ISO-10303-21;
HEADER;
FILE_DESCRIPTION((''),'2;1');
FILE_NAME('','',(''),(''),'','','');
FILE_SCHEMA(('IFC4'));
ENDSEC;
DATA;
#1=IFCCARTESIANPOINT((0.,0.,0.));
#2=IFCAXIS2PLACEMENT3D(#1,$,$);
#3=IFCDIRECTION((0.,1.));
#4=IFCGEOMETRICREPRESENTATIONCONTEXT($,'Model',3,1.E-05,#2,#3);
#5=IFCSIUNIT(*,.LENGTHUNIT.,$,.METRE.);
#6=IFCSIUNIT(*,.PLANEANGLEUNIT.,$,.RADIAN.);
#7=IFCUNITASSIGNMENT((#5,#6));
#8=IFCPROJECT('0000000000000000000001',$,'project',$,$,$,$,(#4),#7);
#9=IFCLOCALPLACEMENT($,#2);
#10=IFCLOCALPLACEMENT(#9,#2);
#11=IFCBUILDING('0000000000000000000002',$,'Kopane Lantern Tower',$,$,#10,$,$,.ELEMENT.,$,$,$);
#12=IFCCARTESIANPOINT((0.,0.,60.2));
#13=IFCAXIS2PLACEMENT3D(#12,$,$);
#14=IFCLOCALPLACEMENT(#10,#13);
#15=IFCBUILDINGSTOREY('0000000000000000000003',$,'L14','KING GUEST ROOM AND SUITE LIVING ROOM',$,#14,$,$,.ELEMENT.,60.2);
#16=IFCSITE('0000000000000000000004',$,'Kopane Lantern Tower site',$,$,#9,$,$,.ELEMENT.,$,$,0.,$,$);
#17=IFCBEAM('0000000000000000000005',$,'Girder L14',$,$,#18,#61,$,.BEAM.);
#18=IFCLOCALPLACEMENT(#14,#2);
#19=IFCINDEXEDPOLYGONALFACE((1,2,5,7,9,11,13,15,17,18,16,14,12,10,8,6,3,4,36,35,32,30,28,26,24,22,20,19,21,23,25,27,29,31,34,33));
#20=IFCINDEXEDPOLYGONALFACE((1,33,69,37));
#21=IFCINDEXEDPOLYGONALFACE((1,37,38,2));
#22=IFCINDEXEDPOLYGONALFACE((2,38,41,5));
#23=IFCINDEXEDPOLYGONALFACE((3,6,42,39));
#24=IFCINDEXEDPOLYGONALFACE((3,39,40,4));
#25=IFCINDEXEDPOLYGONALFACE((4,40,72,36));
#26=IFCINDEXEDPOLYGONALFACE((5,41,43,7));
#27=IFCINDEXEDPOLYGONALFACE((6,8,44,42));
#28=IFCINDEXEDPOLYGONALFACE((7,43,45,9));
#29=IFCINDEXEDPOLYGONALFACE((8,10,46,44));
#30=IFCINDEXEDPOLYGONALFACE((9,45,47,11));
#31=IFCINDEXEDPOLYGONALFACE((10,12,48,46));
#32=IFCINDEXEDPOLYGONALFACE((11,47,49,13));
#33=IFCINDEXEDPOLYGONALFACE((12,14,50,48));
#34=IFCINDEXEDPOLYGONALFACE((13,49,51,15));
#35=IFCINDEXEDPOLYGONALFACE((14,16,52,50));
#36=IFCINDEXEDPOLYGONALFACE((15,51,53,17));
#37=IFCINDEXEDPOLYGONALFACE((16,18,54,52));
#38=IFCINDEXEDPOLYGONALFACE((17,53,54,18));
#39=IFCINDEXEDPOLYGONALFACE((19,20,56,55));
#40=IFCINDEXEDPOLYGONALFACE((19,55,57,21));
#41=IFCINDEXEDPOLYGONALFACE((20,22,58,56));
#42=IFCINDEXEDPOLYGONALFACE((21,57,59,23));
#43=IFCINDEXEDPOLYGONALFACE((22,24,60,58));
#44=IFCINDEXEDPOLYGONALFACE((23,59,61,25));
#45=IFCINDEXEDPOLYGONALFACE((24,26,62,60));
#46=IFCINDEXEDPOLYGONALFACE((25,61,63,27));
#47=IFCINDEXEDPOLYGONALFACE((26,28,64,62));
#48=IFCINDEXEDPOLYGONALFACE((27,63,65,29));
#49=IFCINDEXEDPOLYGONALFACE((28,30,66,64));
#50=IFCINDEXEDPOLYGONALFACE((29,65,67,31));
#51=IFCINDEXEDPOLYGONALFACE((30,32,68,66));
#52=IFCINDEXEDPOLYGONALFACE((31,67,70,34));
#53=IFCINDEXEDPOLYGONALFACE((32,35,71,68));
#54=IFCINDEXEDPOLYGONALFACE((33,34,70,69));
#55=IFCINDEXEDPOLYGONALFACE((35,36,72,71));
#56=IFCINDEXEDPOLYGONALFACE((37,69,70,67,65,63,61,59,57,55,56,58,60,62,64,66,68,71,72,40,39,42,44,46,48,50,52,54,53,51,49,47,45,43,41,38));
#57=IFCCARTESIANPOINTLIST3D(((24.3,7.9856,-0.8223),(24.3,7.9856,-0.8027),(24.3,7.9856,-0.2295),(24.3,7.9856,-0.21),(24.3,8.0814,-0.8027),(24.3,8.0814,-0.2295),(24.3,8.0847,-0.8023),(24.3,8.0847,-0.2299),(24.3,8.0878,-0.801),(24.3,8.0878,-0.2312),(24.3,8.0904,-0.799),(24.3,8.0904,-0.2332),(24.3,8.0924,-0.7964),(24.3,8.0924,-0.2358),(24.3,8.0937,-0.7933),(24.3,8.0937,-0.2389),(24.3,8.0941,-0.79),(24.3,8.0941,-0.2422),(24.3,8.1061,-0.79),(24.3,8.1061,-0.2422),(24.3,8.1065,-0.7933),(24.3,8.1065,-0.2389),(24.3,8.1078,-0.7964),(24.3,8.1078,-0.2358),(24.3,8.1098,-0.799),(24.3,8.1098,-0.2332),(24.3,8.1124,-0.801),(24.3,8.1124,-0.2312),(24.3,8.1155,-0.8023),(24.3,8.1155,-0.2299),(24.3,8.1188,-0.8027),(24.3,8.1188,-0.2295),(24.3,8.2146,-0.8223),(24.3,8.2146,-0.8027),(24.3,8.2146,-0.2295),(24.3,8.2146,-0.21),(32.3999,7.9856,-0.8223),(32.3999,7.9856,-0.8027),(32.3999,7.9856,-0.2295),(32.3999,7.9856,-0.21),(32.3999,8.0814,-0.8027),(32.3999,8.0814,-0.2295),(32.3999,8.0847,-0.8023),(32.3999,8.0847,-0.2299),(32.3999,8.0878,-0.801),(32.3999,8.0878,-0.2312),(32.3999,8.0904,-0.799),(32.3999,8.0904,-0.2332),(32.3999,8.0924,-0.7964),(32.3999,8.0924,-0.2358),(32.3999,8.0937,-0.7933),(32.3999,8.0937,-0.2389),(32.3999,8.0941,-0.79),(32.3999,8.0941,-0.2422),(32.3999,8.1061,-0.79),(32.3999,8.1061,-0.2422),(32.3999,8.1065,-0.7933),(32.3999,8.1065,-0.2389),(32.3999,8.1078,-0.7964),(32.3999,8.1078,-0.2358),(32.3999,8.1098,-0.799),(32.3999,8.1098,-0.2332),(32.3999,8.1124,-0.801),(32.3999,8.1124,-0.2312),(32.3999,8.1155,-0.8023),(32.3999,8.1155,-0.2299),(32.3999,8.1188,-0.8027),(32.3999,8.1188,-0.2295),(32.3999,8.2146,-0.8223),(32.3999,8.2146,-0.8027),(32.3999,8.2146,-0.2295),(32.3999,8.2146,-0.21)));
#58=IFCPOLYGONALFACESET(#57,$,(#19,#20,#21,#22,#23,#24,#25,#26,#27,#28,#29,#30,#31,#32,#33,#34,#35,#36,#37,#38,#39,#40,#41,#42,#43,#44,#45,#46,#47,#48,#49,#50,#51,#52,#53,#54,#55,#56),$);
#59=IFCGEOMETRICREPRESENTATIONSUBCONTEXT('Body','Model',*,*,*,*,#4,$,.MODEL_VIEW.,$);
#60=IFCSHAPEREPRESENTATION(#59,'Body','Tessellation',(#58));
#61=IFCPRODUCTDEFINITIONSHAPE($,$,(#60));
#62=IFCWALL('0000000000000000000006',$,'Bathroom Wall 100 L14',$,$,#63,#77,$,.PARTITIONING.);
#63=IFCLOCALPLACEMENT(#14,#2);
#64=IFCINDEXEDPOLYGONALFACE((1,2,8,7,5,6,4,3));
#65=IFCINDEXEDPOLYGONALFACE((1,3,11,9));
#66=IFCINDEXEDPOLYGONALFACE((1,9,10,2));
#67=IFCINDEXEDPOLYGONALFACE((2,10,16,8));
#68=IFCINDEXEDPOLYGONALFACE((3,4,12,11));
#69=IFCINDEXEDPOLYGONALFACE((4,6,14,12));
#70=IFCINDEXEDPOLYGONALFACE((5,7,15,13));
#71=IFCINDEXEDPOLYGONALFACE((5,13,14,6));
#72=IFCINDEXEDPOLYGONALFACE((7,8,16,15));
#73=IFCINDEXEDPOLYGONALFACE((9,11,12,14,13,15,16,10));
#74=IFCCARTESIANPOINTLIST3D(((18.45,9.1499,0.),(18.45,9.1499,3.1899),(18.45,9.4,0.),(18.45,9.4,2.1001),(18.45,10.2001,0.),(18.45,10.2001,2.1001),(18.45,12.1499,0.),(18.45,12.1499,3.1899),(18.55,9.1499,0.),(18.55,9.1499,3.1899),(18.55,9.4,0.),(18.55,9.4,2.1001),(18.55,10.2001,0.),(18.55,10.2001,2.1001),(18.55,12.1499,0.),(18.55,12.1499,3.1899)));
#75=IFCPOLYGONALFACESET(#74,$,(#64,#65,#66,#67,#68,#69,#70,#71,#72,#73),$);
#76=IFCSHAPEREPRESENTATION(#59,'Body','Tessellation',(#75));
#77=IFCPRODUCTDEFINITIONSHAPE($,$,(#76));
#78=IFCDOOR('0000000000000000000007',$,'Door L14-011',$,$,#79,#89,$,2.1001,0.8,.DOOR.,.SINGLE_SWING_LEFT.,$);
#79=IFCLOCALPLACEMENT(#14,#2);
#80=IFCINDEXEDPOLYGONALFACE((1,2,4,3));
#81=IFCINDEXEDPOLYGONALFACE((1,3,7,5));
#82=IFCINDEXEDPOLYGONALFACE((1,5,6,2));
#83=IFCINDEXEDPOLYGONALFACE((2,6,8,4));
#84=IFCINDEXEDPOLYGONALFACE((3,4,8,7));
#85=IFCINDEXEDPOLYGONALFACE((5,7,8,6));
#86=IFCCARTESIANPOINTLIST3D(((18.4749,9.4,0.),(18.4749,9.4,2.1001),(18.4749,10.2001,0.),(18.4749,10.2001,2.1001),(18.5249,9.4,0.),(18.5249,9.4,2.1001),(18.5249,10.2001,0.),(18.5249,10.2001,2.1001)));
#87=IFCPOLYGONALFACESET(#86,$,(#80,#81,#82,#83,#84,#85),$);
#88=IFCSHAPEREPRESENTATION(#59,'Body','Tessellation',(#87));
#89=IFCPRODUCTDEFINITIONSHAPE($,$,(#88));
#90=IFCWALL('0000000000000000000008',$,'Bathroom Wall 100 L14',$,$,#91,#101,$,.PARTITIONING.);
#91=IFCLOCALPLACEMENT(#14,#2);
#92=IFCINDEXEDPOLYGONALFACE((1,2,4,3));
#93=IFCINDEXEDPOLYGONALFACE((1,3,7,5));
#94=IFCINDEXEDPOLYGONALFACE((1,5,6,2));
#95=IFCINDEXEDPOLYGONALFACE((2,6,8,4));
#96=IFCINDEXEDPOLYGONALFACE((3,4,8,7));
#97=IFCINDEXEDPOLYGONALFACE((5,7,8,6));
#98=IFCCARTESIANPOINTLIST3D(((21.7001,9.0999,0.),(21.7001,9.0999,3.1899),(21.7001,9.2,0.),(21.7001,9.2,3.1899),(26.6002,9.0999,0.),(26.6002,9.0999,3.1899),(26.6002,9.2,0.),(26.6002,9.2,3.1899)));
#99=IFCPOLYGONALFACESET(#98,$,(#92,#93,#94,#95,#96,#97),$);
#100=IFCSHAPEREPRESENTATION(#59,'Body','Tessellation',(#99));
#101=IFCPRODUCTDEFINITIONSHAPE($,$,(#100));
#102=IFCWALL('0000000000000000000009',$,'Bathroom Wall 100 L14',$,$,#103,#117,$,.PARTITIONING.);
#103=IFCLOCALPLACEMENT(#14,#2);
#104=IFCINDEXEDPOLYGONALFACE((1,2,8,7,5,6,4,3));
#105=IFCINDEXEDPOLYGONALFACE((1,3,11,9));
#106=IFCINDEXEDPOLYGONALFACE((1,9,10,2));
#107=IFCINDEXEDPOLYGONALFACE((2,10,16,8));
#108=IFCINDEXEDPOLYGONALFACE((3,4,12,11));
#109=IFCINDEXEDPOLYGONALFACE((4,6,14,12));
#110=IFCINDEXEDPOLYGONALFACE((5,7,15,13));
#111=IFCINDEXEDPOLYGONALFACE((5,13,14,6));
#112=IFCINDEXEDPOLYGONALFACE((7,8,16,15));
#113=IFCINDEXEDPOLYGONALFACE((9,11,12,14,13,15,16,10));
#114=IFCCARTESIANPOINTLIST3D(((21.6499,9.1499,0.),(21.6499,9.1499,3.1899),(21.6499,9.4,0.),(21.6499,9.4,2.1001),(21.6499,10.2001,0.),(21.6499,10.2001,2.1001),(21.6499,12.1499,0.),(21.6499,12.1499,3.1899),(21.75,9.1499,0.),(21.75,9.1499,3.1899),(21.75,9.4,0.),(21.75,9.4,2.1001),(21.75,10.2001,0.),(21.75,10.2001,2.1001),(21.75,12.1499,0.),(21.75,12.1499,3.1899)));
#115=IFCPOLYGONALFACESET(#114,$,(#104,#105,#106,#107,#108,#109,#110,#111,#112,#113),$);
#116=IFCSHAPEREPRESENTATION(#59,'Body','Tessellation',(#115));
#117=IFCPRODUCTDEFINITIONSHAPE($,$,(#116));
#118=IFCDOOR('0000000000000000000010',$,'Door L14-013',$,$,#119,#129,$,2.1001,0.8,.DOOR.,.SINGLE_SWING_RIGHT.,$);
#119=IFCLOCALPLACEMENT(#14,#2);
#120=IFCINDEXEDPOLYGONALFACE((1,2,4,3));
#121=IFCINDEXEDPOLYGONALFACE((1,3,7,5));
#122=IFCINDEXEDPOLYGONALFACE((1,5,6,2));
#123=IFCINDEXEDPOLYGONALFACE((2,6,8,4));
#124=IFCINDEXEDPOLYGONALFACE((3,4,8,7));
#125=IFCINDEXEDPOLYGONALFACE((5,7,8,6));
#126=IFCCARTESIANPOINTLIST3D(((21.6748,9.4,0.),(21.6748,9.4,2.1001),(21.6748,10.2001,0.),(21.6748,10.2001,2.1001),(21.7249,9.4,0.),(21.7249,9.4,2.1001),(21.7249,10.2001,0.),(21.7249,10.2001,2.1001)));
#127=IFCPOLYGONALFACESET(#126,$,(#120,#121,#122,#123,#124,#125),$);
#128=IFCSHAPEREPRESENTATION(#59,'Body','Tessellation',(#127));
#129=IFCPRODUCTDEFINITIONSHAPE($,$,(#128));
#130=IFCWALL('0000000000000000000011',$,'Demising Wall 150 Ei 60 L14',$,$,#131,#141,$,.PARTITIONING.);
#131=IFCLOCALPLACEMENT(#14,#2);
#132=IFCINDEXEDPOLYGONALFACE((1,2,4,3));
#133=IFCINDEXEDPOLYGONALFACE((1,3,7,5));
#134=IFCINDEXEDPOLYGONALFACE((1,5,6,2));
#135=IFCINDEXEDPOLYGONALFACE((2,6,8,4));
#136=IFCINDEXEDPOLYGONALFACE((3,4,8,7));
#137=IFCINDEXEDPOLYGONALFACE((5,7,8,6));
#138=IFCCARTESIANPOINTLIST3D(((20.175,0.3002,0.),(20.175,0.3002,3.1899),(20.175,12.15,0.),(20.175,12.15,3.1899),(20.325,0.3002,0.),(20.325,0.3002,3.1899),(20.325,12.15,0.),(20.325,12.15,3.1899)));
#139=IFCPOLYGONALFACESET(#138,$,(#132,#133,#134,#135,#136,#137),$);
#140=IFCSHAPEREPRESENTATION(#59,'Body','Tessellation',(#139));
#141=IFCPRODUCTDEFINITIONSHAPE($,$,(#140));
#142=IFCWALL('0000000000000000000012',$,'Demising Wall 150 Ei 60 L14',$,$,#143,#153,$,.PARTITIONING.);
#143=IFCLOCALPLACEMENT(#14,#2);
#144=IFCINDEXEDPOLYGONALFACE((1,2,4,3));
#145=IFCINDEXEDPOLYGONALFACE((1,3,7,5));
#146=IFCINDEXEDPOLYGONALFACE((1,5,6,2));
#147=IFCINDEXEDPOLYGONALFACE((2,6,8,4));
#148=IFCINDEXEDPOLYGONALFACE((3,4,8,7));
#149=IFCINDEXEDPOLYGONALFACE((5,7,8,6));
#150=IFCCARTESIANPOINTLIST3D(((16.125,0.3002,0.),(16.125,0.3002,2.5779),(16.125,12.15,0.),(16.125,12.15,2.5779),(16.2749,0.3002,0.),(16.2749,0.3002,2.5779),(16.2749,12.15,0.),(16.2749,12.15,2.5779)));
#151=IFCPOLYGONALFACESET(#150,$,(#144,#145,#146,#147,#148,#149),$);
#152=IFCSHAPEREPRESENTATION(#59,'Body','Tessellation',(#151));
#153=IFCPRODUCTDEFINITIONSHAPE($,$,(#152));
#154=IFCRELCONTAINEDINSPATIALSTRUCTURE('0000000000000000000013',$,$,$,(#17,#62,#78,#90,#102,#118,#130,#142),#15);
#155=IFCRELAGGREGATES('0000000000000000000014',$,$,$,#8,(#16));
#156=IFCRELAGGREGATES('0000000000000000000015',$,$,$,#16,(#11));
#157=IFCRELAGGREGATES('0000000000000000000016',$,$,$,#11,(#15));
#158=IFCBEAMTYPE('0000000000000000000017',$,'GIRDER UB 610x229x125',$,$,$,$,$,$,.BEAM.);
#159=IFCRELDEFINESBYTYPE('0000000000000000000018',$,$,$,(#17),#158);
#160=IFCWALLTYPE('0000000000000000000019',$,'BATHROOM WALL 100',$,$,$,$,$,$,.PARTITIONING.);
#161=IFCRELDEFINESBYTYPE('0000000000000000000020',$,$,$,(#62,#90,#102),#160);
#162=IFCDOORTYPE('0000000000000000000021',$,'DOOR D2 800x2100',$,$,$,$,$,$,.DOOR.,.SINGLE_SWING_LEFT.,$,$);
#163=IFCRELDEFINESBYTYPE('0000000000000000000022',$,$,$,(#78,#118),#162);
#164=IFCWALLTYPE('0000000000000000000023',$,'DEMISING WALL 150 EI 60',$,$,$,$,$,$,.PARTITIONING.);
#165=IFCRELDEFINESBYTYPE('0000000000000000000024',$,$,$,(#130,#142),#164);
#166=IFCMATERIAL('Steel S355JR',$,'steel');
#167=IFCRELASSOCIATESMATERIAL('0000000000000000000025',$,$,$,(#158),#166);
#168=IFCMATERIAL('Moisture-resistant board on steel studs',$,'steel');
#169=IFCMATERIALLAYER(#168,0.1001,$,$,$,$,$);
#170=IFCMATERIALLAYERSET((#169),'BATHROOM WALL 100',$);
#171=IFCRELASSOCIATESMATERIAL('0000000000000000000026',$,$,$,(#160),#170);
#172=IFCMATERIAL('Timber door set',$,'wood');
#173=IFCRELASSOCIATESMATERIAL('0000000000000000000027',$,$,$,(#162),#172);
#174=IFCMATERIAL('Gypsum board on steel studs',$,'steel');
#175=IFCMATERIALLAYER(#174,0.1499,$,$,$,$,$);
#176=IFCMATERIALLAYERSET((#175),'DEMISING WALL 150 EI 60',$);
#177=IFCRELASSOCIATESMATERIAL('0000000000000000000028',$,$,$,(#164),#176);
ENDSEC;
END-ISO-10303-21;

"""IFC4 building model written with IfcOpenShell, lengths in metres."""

from ifc_helpers import new_model, si_unit, direction, frame, frame_2d, origin, origin_2d, place, context, subcontext, project, spatial, rectangle, i_section, extrude, material, layer, layer_set, material_profile, profile_set, type_object, element, fill, save


model = new_model("IFC4")

# Units and contexts
model_context = context("Model", 3, precision=1e-05, world=origin(), true_north=direction((0.0, 1.0)))
body_context = subcontext(model_context, "Body", "Model", "MODEL_VIEW")
ifc_project = project(units=[si_unit("LENGTHUNIT", "METRE"), si_unit("PLANEANGLEUNIT", "RADIAN")], contexts=[model_context])

# Site, building, storey
site_placement = place(None, origin())
site = spatial("IfcSite", under=ifc_project, at=site_placement, Name="Kopane Lantern Tower site", CompositionType="ELEMENT", RefElevation=0.0)
building_placement = place(site_placement, origin())
building = spatial("IfcBuilding", under=site, at=building_placement, Name="Kopane Lantern Tower", CompositionType="ELEMENT")
storey_placement = place(building_placement, frame((0.0, 0.0, 60.2)))
storey = spatial("IfcBuildingStorey", under=building, at=storey_placement, Name="L14", Description="KING GUEST ROOM AND SUITE LIVING ROOM", CompositionType="ELEMENT", Elevation=60.2)

# Beam
ifc_material_1 = material(Name="Steel S355JR", Category="steel")
ifc_material_profile_1 = material_profile(ifc_material_1, i_section(OverallWidth=0.229, OverallDepth=0.6123, WebThickness=0.012, FlangeThickness=0.0195, FilletRadius=0.0127, at=origin_2d()), Name="UB 610x229x125")
ifc_profile_set_1 = profile_set([ifc_material_profile_1], Name="Steel S355JR")
beam_type = type_object("IfcBeamType", Name="GIRDER UB 610x229x125", PredefinedType="BEAM", material=ifc_profile_set_1)
for number, where, z_axis, x_axis, name in (
    (1, (24.3, 8.1001, -0.5161), (1.0, 0.0, 0.0), (0.0, 1.0, 0.0), "Girder L14"),
):
    element("IfcBeam", number, at=place(storey_placement, frame(where, z_axis=z_axis, x_axis=x_axis)), inside=storey, type_object=beam_type, Name=name, PredefinedType="BEAM", context=body_context, shape_type="SweptSolid", body=[
        extrude(i_section(OverallWidth=0.229, OverallDepth=0.6123, WebThickness=0.012, FlangeThickness=0.0195, FilletRadius=0.0127, at=origin_2d()), origin(), (0.0, 0.0, 1.0), 8.0999),
    ])

# Wall, opening, door
ifc_material_2 = material(Name="Moisture-resistant board on steel studs", Category="steel")
ifc_layer_1 = layer(ifc_material_2, 0.1001)
ifc_layer_set_1 = layer_set([ifc_layer_1], Name="BATHROOM WALL 100")
wall_type_1 = type_object("IfcWallType", Name="BATHROOM WALL 100", PredefinedType="PARTITIONING", material=ifc_layer_set_1)
wall_1_placement = place(storey_placement, frame((18.5, 12.1499, 0.0), z_axis=(0.0, 0.0, 1.0), x_axis=(0.0, -1.0, 0.0)))
wall_1 = element("IfcWall", 2, at=wall_1_placement, inside=storey, type_object=wall_type_1, Name="Bathroom Wall 100 L14", PredefinedType="PARTITIONING", context=body_context, shape_type="SweptSolid", body=[
    extrude(rectangle(XDim=3.0, YDim=0.1001, at=frame_2d((1.5, 0.0))), origin(), (0.0, 0.0, 1.0), 3.1899),
])
opening_1_placement = place(wall_1_placement, frame((1.95, 0.0, 0.0)))
opening_1 = element("IfcOpeningElement", 3, at=opening_1_placement, cuts=wall_1, PredefinedType="OPENING", context=body_context, shape_type="SweptSolid", body=[
    extrude(rectangle(XDim=0.8, YDim=2.1001, at=frame_2d((0.3999, 1.05))), frame((0.0, 0.0601, 0.0), z_axis=(0.0, -1.0, 0.0), x_axis=(1.0, 0.0, 0.0)), (0.0, 0.0, 1.0), 0.1201),
])
ifc_material_3 = material(Name="Timber door set", Category="wood")
door_type = type_object("IfcDoorType", Name="DOOR D2 800x2100", OperationType="SINGLE_SWING_LEFT", PredefinedType="DOOR", material=ifc_material_3)
door_1_placement = place(opening_1_placement, origin())
door_1 = element("IfcDoor", 4, at=door_1_placement, inside=storey, type_object=door_type, Name="Door L14-011", OperationType="SINGLE_SWING_LEFT", OverallHeight=2.1001, OverallWidth=0.8, PredefinedType="DOOR", context=body_context, shape_type="SweptSolid", body=[
    extrude(rectangle(XDim=0.8, YDim=2.1001, at=frame_2d((0.3999, 1.05))), frame((0.0, 0.0249, 0.0), z_axis=(0.0, -1.0, 0.0), x_axis=(1.0, 0.0, 0.0)), (0.0, 0.0, 1.0), 0.05),
])
fill(opening_1, door_1)

# Wall
wall_2_placement = place(storey_placement, frame((21.7, 9.1499, 0.0), z_axis=(0.0, 0.0, 1.0), x_axis=(1.0, 0.0, 0.0)))
element("IfcWall", 5, at=wall_2_placement, inside=storey, type_object=wall_type_1, Name="Bathroom Wall 100 L14", PredefinedType="PARTITIONING", context=body_context, shape_type="SweptSolid", body=[
    extrude(rectangle(XDim=4.9001, YDim=0.1001, at=frame_2d((2.4502, 0.0))), origin(), (0.0, 0.0, 1.0), 3.1899),
])

# Wall, opening, door
wall_3_placement = place(storey_placement, frame((21.7, 12.1499, 0.0), z_axis=(0.0, 0.0, 1.0), x_axis=(0.0, -1.0, 0.0)))
wall_3 = element("IfcWall", 6, at=wall_3_placement, inside=storey, type_object=wall_type_1, Name="Bathroom Wall 100 L14", PredefinedType="PARTITIONING", context=body_context, shape_type="SweptSolid", body=[
    extrude(rectangle(XDim=3.0, YDim=0.1001, at=frame_2d((1.5, 0.0))), origin(), (0.0, 0.0, 1.0), 3.1899),
])
opening_2_placement = place(wall_3_placement, frame((1.95, 0.0, 0.0)))
opening_2 = element("IfcOpeningElement", 7, at=opening_2_placement, cuts=wall_3, PredefinedType="OPENING", context=body_context, shape_type="SweptSolid", body=[
    extrude(rectangle(XDim=0.8, YDim=2.1001, at=frame_2d((0.3999, 1.05))), frame((0.0, 0.0601, 0.0), z_axis=(0.0, -1.0, 0.0), x_axis=(1.0, 0.0, 0.0)), (0.0, 0.0, 1.0), 0.1201),
])
door_2_placement = place(opening_2_placement, origin())
door_2 = element("IfcDoor", 8, at=door_2_placement, inside=storey, type_object=door_type, Name="Door L14-013", OperationType="SINGLE_SWING_RIGHT", OverallHeight=2.1001, OverallWidth=0.8, PredefinedType="DOOR", context=body_context, shape_type="SweptSolid", body=[
    extrude(rectangle(XDim=0.8, YDim=2.1001, at=frame_2d((0.3999, 1.05))), frame((0.0, 0.0249, 0.0), z_axis=(0.0, -1.0, 0.0), x_axis=(1.0, 0.0, 0.0)), (0.0, 0.0, 1.0), 0.05),
])
fill(opening_2, door_2)

# Walls
ifc_material_4 = material(Name="Gypsum board on steel studs", Category="steel")
ifc_layer_2 = layer(ifc_material_4, 0.1499)
ifc_layer_set_2 = layer_set([ifc_layer_2], Name="DEMISING WALL 150 EI 60")
wall_type_2 = type_object("IfcWallType", Name="DEMISING WALL 150 EI 60", PredefinedType="PARTITIONING", material=ifc_layer_set_2)
wall_4_placement = place(storey_placement, frame((20.25, 12.1499, 0.0), z_axis=(0.0, 0.0, 1.0), x_axis=(0.0, -1.0, 0.0)))
element("IfcWall", 9, at=wall_4_placement, inside=storey, type_object=wall_type_2, Name="Demising Wall 150 Ei 60 L14", PredefinedType="PARTITIONING", context=body_context, shape_type="SweptSolid", body=[
    extrude(rectangle(XDim=11.8499, YDim=0.1499, at=frame_2d((5.9248, 0.0))), origin(), (0.0, 0.0, 1.0), 3.1899),
])
wall_5_placement = place(storey_placement, frame((16.2, 12.1499, 0.0), z_axis=(0.0, 0.0, 1.0), x_axis=(0.0, -1.0, 0.0)))
element("IfcWall", 10, at=wall_5_placement, inside=storey, type_object=wall_type_2, Name="Demising Wall 150 Ei 60 L14", PredefinedType="PARTITIONING", context=body_context, shape_type="SweptSolid", body=[
    extrude(rectangle(XDim=11.8499, YDim=0.1499, at=frame_2d((5.9248, 0.0))), origin(), (0.0, 0.0, 1.0), 2.5779),
])

save(model, "model.ifc")
